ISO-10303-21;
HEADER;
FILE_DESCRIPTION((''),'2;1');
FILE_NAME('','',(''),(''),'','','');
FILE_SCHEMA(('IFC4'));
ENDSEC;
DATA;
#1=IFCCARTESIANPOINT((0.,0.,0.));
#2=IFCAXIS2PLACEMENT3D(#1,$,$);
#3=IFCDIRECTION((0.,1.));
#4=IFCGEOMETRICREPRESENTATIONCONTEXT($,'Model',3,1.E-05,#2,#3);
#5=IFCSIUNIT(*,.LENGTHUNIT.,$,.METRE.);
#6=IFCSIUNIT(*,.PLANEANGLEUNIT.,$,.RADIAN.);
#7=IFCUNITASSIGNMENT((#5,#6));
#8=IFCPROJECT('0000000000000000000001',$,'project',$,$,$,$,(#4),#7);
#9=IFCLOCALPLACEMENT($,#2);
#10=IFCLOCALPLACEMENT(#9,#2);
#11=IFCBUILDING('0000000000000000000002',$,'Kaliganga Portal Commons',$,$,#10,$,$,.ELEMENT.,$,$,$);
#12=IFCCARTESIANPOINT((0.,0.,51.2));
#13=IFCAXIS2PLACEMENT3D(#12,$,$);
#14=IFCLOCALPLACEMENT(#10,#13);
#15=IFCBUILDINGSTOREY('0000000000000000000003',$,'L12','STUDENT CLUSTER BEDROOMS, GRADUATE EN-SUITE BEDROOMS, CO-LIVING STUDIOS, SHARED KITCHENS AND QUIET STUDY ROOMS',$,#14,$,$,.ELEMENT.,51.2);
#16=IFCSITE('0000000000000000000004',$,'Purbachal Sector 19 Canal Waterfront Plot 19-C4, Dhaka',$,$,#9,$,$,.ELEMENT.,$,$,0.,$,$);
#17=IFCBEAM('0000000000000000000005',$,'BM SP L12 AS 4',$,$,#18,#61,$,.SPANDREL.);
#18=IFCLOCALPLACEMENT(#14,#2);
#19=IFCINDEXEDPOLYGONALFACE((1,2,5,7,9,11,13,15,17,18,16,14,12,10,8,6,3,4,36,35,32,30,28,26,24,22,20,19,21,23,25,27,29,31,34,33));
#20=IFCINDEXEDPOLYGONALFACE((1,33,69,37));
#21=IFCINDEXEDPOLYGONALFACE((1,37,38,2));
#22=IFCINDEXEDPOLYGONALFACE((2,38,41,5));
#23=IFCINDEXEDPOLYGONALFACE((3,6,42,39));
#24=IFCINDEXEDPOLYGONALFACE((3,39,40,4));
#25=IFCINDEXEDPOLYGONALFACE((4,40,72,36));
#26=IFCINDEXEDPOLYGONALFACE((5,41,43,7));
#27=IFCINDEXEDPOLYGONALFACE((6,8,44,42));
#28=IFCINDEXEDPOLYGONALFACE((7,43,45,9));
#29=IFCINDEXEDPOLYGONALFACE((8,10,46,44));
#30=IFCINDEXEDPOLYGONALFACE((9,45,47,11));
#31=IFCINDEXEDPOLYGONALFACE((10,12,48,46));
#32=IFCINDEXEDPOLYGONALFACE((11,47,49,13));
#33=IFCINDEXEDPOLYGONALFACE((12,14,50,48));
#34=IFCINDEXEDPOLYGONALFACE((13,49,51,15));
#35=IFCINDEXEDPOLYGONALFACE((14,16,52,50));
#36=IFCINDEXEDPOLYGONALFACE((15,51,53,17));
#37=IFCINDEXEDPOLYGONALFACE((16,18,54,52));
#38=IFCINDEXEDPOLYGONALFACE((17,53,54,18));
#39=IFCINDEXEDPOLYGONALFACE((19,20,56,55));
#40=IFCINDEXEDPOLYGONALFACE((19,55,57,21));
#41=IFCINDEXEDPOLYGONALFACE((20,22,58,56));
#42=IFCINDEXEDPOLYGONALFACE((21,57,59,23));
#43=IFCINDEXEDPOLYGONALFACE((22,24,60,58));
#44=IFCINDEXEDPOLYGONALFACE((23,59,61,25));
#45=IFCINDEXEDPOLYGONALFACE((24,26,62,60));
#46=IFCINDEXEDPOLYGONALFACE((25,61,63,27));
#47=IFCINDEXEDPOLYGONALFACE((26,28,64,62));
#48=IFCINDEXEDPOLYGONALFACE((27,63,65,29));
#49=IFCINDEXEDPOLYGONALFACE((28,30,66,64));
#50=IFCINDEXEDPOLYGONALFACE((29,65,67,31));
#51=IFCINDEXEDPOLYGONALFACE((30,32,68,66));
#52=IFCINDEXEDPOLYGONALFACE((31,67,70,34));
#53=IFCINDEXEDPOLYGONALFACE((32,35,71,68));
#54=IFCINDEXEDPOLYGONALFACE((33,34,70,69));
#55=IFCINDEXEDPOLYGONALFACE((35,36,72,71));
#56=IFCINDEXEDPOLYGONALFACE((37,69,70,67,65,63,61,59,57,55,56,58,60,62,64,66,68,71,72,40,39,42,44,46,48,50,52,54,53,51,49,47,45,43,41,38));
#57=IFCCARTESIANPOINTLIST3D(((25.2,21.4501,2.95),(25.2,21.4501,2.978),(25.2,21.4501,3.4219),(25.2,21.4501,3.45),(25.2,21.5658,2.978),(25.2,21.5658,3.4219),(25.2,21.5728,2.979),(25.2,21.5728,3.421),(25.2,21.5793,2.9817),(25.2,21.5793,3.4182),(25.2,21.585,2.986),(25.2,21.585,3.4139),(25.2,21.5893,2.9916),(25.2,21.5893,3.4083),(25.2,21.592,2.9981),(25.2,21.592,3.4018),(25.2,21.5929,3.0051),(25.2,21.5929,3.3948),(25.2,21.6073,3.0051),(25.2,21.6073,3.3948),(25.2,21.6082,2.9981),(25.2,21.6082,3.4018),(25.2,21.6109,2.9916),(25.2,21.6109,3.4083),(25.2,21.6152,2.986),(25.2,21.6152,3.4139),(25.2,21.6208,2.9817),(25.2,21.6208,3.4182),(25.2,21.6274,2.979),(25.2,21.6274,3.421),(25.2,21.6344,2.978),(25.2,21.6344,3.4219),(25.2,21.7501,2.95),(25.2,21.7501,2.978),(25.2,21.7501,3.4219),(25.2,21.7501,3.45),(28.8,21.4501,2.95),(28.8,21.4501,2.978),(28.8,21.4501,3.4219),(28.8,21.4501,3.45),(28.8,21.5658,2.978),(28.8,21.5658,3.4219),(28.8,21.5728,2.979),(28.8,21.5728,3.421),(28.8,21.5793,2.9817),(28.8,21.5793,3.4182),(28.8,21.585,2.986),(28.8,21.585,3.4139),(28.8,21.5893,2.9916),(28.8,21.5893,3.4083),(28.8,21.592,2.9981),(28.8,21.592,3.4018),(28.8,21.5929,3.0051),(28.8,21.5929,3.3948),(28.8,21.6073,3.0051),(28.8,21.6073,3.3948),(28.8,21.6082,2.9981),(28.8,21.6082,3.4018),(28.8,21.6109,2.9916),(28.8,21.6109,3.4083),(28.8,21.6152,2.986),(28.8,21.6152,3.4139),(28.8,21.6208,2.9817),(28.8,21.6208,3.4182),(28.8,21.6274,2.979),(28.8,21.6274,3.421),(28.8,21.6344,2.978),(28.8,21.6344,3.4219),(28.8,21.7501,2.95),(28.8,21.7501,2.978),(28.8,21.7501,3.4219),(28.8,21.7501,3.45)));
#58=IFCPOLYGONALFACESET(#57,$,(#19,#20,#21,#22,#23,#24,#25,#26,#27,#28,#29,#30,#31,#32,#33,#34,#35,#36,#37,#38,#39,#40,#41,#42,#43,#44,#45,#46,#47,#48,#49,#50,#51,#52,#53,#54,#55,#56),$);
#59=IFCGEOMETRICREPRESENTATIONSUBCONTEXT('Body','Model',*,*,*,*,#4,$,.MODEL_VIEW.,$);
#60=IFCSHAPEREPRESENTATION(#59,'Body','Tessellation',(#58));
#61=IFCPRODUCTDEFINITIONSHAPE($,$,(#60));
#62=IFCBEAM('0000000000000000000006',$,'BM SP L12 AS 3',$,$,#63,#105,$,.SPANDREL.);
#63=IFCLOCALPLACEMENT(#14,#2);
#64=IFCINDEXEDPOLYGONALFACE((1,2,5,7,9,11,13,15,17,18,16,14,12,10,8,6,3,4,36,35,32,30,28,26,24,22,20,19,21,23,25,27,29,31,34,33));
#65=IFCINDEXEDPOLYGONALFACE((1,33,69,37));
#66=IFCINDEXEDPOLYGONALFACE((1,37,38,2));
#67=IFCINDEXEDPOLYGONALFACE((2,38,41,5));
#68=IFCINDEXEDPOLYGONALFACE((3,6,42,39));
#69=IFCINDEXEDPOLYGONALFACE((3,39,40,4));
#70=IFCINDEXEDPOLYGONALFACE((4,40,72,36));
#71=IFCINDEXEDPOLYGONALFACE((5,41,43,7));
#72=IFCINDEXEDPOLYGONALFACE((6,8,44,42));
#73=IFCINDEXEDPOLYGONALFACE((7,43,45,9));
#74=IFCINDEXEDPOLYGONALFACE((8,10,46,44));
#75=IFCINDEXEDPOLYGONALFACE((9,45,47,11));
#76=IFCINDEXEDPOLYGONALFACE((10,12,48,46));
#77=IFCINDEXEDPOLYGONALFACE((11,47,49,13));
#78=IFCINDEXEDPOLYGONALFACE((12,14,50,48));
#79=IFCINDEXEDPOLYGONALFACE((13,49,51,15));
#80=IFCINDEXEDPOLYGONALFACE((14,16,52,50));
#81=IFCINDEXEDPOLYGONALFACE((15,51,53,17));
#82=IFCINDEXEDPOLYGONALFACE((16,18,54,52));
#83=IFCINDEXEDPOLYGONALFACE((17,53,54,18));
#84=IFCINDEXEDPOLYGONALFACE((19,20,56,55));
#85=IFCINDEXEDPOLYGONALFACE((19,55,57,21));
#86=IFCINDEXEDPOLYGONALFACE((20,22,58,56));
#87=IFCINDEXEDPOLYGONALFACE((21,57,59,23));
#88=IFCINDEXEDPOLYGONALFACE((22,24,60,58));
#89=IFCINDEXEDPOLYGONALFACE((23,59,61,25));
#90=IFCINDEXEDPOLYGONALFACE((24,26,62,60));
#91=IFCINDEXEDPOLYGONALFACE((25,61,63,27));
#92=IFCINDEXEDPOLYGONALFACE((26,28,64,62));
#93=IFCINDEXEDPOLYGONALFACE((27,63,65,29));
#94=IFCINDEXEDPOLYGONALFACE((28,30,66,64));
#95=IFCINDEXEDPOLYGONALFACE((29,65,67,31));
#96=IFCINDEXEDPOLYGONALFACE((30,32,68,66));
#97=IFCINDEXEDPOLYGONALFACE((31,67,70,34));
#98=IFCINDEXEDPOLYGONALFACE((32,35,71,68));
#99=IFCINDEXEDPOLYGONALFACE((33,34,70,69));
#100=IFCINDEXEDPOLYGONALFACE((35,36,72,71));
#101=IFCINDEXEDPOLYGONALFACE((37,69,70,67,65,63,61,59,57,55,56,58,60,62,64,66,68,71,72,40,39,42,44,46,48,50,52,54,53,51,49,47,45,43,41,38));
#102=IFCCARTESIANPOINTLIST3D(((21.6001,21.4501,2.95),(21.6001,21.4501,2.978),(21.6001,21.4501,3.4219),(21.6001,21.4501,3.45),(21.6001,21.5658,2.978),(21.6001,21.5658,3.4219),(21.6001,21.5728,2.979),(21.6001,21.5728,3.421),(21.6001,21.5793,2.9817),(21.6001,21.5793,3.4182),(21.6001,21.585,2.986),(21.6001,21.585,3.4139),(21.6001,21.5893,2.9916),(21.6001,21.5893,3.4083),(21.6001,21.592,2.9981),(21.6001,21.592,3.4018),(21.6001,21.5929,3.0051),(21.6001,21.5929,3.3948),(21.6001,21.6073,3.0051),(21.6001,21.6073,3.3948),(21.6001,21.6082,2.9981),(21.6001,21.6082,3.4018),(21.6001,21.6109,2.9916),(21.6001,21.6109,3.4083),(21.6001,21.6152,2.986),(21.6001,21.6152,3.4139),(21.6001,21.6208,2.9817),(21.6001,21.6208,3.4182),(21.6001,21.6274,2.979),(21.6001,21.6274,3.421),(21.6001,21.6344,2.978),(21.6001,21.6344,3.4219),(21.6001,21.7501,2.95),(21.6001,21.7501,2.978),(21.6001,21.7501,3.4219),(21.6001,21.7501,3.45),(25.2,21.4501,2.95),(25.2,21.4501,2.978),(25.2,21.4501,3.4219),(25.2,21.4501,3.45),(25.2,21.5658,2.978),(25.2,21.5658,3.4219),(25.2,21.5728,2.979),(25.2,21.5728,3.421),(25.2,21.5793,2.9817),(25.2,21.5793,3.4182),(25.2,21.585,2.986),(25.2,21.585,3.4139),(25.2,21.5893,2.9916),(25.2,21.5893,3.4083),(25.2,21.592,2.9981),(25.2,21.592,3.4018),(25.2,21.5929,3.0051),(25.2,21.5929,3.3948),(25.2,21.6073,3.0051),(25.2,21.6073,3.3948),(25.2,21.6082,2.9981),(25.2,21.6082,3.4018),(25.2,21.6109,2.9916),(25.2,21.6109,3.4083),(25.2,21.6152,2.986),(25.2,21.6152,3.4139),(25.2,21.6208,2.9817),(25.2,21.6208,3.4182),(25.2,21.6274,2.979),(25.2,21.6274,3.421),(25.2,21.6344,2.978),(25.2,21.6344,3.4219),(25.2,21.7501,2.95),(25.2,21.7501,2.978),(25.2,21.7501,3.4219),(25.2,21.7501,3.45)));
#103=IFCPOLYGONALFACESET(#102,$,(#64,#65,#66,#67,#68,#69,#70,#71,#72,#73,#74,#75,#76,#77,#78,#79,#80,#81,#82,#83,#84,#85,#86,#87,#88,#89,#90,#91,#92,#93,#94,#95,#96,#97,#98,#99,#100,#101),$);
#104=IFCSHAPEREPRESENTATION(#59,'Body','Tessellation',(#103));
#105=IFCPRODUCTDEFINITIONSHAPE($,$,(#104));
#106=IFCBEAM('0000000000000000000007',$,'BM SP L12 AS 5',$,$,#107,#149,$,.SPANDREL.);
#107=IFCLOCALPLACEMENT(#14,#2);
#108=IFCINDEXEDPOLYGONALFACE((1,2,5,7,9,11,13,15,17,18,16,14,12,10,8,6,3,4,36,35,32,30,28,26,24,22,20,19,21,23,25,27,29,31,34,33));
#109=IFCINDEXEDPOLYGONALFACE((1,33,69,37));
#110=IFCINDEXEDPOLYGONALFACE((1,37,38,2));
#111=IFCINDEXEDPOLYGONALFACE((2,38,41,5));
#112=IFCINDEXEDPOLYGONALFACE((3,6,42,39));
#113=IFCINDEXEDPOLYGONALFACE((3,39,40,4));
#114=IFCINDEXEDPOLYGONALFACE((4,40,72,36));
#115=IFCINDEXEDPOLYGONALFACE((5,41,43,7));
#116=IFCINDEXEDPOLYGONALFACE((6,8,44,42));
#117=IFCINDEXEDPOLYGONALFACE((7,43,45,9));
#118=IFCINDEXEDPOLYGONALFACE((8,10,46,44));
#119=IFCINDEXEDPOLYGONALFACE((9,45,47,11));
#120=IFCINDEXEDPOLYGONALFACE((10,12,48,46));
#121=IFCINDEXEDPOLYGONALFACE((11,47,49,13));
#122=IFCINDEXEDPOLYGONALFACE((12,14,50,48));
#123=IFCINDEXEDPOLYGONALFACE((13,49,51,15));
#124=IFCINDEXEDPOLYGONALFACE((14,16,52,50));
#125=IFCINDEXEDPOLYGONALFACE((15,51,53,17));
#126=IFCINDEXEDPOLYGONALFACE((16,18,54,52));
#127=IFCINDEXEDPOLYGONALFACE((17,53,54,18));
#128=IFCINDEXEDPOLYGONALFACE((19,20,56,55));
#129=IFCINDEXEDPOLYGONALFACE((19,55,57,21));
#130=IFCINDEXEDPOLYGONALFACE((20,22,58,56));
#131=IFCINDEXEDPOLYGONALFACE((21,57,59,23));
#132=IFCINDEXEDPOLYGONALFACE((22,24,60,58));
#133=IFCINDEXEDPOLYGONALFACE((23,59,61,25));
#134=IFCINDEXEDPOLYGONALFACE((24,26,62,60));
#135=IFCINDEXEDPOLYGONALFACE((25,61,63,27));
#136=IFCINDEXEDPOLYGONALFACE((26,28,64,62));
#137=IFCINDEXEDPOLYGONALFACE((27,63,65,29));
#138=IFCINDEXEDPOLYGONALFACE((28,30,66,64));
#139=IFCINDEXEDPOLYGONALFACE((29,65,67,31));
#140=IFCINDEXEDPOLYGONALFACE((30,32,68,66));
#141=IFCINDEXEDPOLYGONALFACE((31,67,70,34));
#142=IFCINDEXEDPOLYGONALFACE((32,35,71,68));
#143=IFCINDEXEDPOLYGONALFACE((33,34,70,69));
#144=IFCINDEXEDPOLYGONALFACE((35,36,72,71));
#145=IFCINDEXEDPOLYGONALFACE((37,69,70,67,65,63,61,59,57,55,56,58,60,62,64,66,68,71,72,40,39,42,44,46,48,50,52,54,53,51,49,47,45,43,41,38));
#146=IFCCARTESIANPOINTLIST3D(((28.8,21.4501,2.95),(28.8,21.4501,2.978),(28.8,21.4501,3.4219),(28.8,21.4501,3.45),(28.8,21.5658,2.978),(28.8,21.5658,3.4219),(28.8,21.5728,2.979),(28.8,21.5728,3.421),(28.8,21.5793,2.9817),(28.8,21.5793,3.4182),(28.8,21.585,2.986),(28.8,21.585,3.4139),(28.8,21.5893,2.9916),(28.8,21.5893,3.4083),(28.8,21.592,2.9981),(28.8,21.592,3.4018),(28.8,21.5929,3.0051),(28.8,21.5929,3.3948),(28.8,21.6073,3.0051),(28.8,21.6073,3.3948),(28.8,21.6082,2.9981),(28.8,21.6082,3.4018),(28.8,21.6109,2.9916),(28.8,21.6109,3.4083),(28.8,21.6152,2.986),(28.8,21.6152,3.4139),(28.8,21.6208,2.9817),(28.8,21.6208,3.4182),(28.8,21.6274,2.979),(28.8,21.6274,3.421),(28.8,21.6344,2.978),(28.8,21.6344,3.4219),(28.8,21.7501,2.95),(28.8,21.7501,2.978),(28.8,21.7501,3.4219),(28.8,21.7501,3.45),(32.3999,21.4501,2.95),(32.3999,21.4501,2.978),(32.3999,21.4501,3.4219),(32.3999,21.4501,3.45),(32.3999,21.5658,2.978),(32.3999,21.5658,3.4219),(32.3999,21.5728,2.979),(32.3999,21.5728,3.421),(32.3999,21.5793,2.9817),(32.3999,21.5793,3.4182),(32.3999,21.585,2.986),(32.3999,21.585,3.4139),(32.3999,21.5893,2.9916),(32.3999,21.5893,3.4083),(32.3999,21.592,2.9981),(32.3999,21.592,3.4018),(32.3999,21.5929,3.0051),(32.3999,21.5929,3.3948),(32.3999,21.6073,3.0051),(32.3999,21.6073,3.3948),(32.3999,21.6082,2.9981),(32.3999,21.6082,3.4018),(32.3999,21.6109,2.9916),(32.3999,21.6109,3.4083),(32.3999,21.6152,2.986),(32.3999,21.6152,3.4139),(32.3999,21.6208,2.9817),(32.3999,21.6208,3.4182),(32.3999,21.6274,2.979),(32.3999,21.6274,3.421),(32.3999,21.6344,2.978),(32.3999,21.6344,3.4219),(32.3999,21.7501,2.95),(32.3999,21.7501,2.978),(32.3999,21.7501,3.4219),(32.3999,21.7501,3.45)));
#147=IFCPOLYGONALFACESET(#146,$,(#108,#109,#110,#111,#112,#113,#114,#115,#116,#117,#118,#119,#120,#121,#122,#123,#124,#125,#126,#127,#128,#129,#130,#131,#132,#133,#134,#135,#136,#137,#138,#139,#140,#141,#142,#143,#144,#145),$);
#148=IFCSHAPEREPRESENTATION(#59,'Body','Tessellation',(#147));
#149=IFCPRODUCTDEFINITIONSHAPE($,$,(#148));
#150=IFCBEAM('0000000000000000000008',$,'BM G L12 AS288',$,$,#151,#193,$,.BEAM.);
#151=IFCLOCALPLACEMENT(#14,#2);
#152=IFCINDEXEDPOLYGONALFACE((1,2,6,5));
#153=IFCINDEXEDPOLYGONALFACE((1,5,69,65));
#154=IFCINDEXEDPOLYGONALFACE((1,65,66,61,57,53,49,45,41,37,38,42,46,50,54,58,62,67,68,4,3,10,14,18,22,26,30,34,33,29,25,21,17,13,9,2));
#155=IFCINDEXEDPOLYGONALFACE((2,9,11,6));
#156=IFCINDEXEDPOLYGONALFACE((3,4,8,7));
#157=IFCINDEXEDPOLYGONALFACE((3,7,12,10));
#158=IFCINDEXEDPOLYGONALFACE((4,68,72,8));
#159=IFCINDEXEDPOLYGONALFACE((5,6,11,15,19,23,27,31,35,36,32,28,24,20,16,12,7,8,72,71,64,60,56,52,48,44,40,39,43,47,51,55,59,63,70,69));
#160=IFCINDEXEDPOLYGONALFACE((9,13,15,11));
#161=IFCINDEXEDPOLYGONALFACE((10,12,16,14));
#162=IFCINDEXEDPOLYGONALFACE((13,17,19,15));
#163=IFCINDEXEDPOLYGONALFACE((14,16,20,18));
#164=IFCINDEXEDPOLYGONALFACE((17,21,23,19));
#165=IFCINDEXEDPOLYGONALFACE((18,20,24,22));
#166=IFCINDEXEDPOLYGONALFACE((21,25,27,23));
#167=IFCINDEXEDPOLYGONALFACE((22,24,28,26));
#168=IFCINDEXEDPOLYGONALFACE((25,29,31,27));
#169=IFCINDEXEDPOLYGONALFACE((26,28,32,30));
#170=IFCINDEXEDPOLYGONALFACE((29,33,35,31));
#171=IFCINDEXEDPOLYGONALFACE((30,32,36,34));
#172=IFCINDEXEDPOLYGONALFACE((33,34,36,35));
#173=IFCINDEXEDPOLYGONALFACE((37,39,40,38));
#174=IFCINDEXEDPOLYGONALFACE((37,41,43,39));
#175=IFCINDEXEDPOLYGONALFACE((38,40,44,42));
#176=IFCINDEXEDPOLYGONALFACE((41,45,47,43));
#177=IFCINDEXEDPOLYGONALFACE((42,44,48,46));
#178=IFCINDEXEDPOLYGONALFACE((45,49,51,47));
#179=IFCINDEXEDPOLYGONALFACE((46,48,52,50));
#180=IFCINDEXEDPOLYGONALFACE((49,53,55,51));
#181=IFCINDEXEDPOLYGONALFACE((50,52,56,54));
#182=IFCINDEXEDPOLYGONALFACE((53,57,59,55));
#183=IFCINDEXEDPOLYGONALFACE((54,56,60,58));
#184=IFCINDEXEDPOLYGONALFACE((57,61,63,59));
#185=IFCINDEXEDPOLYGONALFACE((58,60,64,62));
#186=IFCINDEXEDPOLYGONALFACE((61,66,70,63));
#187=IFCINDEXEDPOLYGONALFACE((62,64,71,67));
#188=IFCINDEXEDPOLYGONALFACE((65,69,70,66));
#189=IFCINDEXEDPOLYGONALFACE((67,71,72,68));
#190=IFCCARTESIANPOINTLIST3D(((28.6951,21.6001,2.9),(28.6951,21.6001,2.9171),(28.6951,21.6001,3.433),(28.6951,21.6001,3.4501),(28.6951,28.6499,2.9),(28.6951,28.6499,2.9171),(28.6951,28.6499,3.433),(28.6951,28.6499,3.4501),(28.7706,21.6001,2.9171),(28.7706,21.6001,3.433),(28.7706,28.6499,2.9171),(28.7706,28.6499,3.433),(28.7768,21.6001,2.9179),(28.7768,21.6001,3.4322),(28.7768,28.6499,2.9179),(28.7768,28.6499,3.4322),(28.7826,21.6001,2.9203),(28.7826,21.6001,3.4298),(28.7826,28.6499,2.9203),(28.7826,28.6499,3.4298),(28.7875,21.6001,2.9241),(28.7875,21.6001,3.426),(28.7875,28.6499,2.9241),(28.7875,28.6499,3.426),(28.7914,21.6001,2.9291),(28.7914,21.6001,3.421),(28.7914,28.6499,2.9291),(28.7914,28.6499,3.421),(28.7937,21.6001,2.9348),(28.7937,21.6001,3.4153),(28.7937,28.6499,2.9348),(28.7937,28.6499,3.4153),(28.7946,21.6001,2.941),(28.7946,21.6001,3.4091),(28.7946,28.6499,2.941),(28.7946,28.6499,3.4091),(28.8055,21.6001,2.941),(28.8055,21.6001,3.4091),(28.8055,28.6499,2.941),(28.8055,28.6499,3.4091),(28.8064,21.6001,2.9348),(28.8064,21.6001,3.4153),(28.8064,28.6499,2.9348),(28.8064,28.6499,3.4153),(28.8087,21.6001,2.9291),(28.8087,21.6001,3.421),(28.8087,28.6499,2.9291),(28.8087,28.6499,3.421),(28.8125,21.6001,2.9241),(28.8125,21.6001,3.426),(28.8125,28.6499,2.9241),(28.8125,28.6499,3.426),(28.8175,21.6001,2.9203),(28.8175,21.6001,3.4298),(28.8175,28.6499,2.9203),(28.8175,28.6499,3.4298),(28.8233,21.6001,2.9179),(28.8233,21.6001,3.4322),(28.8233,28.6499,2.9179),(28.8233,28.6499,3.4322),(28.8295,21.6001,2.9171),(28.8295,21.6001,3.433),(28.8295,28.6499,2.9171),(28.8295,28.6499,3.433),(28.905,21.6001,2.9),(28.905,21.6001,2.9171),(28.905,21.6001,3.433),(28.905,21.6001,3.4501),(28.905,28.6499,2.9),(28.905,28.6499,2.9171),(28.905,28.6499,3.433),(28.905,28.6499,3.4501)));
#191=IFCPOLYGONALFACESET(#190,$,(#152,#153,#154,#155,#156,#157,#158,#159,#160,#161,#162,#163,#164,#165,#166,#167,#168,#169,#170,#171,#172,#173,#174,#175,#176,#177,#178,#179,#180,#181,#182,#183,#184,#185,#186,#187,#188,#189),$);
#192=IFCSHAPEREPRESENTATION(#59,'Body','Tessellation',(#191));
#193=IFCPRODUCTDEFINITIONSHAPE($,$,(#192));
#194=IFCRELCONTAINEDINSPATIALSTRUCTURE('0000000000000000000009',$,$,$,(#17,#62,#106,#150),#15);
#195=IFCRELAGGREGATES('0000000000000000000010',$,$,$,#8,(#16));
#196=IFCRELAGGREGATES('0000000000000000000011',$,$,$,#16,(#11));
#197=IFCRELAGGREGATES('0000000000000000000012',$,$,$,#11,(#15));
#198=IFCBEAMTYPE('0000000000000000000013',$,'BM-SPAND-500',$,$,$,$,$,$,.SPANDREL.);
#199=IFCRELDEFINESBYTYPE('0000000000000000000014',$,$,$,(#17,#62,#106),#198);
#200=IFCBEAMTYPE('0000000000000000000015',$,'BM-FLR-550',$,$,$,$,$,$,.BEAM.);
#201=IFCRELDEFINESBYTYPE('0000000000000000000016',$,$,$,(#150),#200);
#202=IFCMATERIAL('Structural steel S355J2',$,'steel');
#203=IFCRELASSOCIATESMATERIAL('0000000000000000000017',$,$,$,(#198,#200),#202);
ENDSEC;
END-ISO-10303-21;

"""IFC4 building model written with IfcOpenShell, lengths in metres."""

from ifc_helpers import new_model, si_unit, direction, frame, origin, origin_2d, place, context, subcontext, project, spatial, i_section, extrude, source, transform, mapped, material, material_profile, profile_set, type_object, element, save


model = new_model("IFC4")

# Units and contexts
model_context = context("Model", 3, precision=1e-05, world=origin(), true_north=direction((0.0, 1.0)))
body_context = subcontext(model_context, "Body", "Model", "MODEL_VIEW")
ifc_project = project(units=[si_unit("LENGTHUNIT", "METRE"), si_unit("PLANEANGLEUNIT", "RADIAN")], contexts=[model_context])

# Site, building, storey
site_placement = place(None, origin())
site = spatial("IfcSite", under=ifc_project, at=site_placement, Name="Purbachal Sector 19 Canal Waterfront Plot 19-C4, Dhaka", CompositionType="ELEMENT", RefElevation=0.0)
building_placement = place(site_placement, origin())
building = spatial("IfcBuilding", under=site, at=building_placement, Name="Kaliganga Portal Commons", CompositionType="ELEMENT")
storey_placement = place(building_placement, frame((0.0, 0.0, 51.2)))
storey = spatial("IfcBuildingStorey", under=building, at=storey_placement, Name="L12", Description="STUDENT CLUSTER BEDROOMS, GRADUATE EN-SUITE BEDROOMS, CO-LIVING STUDIOS, SHARED KITCHENS AND QUIET STUDY ROOMS", CompositionType="ELEMENT", Elevation=51.2)

# Beams
ifc_material_1 = material(Name="Structural steel S355J2", Category="steel")
ifc_material_profile_1 = material_profile(ifc_material_1, i_section(OverallWidth=0.3, OverallDepth=0.5, WebThickness=0.0144, FlangeThickness=0.0281, FilletRadius=0.0271, at=origin_2d()), Name="HE 500 B")
ifc_profile_set_1 = profile_set([ifc_material_profile_1], Name="Structural steel S355J2 wide-flange")
beam_type_1 = type_object("IfcBeamType", Name="BM-SPAND-500", PredefinedType="SPANDREL", material=ifc_profile_set_1)
shared_shape_1 = source(origin(), body_context, "Body", "SweptSolid", [
    extrude(i_section(OverallWidth=0.3, OverallDepth=0.5, WebThickness=0.0144, FlangeThickness=0.0281, FilletRadius=0.0271, at=origin_2d()), origin(), (0.0, 0.0, 1.0), 3.6001),
])
for number, where, z_axis, x_axis, name in (
    (1, (25.2, 21.6001, 3.2), (1.0, 0.0, 0.0), (0.0, 1.0, 0.0), "BM SP L12 AS 4"),
):
    element("IfcBeam", number, at=place(storey_placement, frame(where, z_axis=z_axis, x_axis=x_axis)), inside=storey, type_object=beam_type_1, Name=name, PredefinedType="SPANDREL", context=body_context, shape_type="MappedRepresentation", body=[
        mapped(shared_shape_1, transform((0.0, 0.0, 0.0), x_axis=(1.0, 0.0, 0.0), y_axis=(0.0, 1.0, 0.0), z_axis=(0.0, 0.0, 1.0), scale=1.0)),
    ])
shared_shape_2 = source(origin(), body_context, "Body", "SweptSolid", [
    extrude(i_section(OverallWidth=0.3, OverallDepth=0.5, WebThickness=0.0144, FlangeThickness=0.0281, FilletRadius=0.0271, at=origin_2d()), origin(), (0.0, 0.0, 1.0), 3.5999),
])
for number, where, z_axis, x_axis, name in (
    (2, (21.6001, 21.6001, 3.2), (1.0, 0.0, 0.0), (0.0, 1.0, 0.0), "BM SP L12 AS 3"),
    (3, (28.8, 21.6001, 3.2), (1.0, 0.0, 0.0), (0.0, 1.0, 0.0), "BM SP L12 AS 5"),
):
    element("IfcBeam", number, at=place(storey_placement, frame(where, z_axis=z_axis, x_axis=x_axis)), inside=storey, type_object=beam_type_1, Name=name, PredefinedType="SPANDREL", context=body_context, shape_type="MappedRepresentation", body=[
        mapped(shared_shape_2, transform((0.0, 0.0, 0.0), x_axis=(1.0, 0.0, 0.0), y_axis=(0.0, 1.0, 0.0), z_axis=(0.0, 0.0, 1.0), scale=1.0)),
    ])
ifc_material_profile_2 = material_profile(ifc_material_1, i_section(OverallWidth=0.21, OverallDepth=0.55, WebThickness=0.011, FlangeThickness=0.0171, FilletRadius=0.0239, at=origin_2d()), Name="IPE 550")
ifc_profile_set_2 = profile_set([ifc_material_profile_2], Name="Structural steel S355J2 wide-flange")
beam_type_2 = type_object("IfcBeamType", Name="BM-FLR-550", PredefinedType="BEAM", material=ifc_profile_set_2)
shared_shape_3 = source(origin(), body_context, "Body", "SweptSolid", [
    extrude(i_section(OverallWidth=0.21, OverallDepth=0.55, WebThickness=0.011, FlangeThickness=0.0171, FilletRadius=0.0239, at=origin_2d()), origin(), (0.0, 0.0, 1.0), 7.0498),
])
beam_1_placement = place(storey_placement, frame((28.8, 21.6001, 3.175), z_axis=(0.0, 1.0, 0.0), x_axis=(-1.0, 0.0, 0.0)))
element("IfcBeam", 4, at=beam_1_placement, inside=storey, type_object=beam_type_2, Name="BM G L12 AS288", PredefinedType="BEAM", context=body_context, shape_type="MappedRepresentation", body=[
    mapped(shared_shape_3, transform((0.0, 0.0, 0.0), x_axis=(1.0, 0.0, 0.0), y_axis=(0.0, 1.0, 0.0), z_axis=(0.0, 0.0, 1.0), scale=1.0)),
])

save(model, "model.ifc")
